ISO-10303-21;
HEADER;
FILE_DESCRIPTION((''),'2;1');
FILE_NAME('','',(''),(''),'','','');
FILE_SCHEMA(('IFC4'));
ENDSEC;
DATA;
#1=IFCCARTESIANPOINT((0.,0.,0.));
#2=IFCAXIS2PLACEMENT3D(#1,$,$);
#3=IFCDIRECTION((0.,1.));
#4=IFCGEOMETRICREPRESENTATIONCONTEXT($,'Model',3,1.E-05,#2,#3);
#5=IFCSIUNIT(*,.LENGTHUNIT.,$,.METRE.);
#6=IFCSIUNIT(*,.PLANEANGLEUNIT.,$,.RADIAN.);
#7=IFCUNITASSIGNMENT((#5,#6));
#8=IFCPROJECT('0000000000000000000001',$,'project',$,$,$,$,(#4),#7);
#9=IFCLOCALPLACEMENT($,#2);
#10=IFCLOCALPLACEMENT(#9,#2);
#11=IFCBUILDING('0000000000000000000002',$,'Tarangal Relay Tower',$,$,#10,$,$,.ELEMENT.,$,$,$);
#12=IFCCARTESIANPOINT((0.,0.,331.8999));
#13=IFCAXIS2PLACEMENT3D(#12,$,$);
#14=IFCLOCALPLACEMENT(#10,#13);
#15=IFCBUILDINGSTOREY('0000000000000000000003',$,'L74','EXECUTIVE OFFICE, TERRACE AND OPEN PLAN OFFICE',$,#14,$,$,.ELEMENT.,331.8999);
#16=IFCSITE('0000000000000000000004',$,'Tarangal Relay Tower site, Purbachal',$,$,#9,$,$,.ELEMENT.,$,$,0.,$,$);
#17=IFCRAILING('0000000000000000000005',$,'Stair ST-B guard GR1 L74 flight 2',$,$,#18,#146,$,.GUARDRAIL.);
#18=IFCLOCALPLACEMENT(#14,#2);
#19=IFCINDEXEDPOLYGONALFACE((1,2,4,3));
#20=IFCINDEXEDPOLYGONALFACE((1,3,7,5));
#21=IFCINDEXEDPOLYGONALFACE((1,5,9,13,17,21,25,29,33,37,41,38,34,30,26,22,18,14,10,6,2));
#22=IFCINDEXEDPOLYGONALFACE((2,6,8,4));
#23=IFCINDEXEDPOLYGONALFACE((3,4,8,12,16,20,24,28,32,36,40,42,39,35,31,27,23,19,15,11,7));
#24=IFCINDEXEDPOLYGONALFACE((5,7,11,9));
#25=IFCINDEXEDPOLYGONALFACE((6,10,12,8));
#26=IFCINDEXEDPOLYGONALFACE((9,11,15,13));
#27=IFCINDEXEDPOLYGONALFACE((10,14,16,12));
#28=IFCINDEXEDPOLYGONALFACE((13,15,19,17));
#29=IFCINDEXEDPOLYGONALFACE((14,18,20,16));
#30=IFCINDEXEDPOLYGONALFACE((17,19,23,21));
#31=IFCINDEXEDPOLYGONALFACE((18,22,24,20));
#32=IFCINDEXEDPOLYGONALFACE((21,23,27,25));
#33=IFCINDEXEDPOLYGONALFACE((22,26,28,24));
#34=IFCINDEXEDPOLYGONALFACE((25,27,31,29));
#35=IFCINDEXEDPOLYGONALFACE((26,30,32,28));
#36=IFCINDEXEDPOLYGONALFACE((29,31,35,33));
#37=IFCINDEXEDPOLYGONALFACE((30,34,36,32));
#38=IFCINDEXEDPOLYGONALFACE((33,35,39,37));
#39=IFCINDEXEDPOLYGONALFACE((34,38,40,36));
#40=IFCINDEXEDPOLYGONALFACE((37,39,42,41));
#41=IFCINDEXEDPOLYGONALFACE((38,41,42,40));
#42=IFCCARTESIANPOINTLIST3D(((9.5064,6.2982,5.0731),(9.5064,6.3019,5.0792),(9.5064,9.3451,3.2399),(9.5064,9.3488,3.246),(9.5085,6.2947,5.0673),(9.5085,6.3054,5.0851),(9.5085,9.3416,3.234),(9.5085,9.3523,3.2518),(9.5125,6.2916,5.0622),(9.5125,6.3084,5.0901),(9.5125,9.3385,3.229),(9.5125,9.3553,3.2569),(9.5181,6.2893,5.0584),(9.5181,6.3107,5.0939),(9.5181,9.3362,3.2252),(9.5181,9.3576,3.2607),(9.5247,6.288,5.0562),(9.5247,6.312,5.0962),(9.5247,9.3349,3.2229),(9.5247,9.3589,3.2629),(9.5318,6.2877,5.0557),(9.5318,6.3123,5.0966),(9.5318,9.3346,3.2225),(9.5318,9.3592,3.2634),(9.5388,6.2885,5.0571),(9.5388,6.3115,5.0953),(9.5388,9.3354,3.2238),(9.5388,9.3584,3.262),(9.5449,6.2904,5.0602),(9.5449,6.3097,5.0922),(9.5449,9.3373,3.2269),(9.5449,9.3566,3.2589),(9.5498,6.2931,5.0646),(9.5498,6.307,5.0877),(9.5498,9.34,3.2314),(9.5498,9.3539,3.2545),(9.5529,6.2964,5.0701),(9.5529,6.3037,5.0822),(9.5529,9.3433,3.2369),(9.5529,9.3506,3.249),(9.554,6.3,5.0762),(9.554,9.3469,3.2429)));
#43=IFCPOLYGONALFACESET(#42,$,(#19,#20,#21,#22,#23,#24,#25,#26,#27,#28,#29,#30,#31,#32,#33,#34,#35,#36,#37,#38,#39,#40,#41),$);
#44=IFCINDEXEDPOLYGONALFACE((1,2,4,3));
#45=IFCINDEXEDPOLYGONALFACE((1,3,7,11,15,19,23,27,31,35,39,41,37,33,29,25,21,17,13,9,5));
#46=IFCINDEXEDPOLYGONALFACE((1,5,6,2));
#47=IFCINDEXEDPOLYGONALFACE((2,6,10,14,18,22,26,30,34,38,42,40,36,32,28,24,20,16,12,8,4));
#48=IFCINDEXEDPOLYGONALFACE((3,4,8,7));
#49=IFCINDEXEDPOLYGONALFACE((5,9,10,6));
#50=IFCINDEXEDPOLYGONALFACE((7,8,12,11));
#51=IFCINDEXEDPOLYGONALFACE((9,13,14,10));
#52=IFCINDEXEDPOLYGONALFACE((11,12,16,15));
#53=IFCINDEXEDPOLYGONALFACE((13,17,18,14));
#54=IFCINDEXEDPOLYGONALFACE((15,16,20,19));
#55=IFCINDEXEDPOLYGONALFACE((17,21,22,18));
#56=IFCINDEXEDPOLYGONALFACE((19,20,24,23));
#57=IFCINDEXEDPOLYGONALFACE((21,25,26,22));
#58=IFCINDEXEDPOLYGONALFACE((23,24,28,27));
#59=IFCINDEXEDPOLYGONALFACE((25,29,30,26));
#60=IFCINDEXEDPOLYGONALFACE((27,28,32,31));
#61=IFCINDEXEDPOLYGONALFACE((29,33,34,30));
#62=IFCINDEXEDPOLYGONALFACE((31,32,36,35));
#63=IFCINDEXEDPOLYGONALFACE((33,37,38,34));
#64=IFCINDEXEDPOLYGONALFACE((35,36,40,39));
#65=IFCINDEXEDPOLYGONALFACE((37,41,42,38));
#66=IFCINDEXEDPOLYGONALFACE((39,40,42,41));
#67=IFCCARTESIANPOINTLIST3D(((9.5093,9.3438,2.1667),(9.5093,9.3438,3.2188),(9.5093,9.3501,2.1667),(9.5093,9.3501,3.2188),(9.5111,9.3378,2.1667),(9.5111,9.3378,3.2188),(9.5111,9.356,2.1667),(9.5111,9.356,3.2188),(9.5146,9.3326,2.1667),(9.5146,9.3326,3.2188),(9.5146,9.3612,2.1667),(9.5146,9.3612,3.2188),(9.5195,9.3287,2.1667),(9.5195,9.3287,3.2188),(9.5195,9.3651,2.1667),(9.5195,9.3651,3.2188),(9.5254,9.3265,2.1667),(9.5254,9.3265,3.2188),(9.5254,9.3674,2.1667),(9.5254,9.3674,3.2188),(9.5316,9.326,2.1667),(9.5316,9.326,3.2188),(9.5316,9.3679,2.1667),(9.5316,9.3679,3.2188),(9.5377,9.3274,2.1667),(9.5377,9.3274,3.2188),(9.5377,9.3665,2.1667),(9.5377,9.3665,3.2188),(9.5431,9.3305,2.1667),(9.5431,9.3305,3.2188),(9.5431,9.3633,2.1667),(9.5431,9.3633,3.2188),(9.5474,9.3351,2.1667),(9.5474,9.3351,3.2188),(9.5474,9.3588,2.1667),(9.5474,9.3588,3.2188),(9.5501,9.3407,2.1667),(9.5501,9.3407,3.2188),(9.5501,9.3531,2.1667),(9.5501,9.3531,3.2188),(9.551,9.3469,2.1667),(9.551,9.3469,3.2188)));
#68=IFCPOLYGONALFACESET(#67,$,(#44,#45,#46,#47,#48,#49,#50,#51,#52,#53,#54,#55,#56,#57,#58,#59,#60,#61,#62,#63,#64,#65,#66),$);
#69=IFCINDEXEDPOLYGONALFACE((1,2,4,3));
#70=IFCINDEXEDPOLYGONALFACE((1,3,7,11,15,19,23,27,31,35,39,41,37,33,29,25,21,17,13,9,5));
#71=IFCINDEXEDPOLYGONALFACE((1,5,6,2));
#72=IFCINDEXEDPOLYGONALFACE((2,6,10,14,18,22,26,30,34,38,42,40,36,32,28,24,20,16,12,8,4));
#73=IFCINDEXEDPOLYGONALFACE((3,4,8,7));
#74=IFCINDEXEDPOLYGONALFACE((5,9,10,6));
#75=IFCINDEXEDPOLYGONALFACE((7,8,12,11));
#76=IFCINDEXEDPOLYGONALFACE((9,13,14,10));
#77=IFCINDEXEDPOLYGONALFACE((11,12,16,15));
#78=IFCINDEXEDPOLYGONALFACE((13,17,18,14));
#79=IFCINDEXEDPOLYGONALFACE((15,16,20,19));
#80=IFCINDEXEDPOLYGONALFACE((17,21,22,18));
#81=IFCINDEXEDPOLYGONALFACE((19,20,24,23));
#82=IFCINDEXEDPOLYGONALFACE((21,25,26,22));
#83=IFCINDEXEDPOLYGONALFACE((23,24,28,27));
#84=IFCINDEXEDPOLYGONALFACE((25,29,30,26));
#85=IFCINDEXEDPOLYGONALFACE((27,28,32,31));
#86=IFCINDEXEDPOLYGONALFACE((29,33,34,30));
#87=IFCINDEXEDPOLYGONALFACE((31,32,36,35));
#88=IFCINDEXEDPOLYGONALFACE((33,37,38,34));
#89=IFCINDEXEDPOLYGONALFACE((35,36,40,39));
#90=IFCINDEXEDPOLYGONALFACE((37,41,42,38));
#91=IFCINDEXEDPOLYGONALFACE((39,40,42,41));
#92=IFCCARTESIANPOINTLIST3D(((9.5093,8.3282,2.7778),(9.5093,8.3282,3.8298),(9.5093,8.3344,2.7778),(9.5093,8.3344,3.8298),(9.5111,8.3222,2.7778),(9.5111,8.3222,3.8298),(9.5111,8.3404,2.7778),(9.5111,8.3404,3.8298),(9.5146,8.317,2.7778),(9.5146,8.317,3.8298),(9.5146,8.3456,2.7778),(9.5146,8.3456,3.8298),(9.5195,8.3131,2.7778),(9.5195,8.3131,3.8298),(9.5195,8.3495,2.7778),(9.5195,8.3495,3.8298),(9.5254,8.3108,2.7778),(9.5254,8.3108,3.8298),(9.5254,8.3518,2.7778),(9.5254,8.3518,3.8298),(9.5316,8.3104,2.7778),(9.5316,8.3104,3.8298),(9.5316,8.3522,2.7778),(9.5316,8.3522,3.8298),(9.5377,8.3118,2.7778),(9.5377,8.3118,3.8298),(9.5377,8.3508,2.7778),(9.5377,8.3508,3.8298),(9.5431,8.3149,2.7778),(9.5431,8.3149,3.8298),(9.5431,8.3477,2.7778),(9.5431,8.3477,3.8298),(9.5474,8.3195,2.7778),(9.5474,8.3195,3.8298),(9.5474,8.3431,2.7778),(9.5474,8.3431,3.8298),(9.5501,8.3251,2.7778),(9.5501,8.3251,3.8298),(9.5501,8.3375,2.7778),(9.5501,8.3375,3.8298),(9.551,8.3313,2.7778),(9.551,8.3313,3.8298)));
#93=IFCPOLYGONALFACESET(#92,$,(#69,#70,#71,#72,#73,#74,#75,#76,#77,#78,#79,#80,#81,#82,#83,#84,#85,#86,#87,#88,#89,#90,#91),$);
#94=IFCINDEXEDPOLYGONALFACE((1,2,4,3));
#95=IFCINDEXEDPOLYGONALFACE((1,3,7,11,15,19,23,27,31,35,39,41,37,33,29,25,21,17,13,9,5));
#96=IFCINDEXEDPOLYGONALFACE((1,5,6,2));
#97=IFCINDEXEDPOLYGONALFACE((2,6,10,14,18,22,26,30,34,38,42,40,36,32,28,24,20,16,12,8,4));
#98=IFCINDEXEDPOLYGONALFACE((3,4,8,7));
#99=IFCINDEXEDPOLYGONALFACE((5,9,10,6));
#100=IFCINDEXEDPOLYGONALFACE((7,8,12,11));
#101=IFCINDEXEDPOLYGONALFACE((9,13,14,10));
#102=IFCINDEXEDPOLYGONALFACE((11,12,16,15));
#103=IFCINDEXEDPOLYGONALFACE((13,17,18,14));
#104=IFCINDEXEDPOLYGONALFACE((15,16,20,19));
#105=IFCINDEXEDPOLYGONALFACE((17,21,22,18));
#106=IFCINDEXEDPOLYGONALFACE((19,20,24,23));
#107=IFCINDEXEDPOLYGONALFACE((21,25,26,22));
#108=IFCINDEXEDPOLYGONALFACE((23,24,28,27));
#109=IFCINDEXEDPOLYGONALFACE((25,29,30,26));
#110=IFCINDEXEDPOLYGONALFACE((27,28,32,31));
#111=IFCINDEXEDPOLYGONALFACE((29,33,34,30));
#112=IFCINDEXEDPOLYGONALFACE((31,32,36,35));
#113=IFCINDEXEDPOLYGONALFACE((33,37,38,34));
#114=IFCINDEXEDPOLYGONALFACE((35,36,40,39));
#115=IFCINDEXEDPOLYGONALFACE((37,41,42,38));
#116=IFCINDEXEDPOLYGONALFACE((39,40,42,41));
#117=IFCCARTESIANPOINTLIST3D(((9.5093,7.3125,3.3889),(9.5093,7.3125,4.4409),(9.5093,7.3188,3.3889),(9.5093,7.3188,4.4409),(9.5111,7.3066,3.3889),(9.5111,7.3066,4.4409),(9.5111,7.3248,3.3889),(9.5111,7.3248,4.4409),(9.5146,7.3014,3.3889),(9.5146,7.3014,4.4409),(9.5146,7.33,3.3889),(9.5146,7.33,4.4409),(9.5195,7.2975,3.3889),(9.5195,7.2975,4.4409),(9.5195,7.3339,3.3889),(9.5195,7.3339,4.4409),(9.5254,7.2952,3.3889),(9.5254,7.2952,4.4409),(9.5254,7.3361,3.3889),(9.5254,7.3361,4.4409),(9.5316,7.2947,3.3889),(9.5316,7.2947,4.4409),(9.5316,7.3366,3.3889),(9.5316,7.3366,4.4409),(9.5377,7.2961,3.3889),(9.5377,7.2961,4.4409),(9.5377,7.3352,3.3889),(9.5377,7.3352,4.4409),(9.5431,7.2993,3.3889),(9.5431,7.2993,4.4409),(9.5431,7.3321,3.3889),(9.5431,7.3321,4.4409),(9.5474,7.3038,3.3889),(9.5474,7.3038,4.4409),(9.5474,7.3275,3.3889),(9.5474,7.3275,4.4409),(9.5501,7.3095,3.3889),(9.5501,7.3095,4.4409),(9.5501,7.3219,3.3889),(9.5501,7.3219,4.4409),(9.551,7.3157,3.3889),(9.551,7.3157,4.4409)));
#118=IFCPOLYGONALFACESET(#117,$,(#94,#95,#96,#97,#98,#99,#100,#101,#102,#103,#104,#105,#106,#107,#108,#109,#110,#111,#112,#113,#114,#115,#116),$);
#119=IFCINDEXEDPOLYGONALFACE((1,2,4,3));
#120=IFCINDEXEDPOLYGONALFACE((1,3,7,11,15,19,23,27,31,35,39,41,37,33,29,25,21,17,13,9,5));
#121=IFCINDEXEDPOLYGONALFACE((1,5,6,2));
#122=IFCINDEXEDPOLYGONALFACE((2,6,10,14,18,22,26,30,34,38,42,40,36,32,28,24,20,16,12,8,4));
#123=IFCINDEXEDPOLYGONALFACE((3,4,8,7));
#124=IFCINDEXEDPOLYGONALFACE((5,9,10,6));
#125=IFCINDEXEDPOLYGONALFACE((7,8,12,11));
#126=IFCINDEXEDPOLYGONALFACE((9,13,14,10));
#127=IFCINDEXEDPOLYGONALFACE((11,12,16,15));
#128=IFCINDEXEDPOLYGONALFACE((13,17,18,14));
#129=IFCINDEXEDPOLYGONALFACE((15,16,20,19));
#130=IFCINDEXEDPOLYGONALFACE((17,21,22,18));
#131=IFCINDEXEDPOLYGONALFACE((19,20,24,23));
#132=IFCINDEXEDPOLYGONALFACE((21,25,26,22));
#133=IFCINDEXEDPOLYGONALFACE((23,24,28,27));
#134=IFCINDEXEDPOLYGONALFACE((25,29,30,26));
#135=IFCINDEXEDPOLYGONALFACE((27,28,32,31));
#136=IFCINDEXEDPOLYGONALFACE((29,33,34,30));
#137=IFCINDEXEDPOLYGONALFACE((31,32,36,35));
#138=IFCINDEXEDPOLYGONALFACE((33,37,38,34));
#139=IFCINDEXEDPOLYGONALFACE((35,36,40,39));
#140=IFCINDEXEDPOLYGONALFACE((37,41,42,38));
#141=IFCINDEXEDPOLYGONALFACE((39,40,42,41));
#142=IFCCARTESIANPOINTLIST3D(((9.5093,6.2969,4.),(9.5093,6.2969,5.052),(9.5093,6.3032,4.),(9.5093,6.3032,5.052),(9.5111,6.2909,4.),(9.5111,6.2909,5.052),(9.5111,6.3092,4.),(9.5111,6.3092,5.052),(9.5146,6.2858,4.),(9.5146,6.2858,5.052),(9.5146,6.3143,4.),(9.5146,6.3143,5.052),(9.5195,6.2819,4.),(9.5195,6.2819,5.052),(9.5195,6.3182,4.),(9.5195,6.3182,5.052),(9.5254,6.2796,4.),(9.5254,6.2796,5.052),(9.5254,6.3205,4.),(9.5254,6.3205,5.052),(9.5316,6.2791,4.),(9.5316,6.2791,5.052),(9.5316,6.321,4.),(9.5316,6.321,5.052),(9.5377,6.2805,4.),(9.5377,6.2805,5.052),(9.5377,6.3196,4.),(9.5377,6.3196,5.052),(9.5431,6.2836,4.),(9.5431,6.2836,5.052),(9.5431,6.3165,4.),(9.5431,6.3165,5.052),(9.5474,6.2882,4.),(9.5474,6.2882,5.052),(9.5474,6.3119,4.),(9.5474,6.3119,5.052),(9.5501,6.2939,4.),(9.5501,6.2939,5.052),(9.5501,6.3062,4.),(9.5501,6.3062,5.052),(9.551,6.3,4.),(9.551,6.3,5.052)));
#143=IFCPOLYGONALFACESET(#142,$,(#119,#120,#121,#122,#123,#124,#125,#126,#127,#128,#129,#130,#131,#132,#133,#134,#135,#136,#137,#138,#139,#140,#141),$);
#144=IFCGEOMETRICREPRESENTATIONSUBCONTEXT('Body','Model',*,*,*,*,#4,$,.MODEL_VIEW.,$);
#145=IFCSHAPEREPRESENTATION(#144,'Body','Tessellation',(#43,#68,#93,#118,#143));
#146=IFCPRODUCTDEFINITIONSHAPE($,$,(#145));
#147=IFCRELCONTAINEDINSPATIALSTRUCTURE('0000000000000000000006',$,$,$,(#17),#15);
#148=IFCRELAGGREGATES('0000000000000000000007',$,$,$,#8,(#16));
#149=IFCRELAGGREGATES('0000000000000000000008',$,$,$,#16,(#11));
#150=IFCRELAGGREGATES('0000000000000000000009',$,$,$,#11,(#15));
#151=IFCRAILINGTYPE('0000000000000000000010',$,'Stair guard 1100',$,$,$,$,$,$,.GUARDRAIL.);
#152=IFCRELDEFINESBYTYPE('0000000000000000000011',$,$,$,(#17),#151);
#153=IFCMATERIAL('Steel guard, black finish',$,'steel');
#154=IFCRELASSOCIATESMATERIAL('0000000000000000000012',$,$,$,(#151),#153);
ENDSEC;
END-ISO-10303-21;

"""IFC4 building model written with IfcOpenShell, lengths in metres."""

from ifc_helpers import new_model, si_unit, direction, frame, origin, origin_2d, place, context, subcontext, project, spatial, circle, extrude, material, type_object, element, save


model = new_model("IFC4")

# Units and contexts
model_context = context("Model", 3, precision=1e-05, world=origin(), true_north=direction((0.0, 1.0)))
body_context = subcontext(model_context, "Body", "Model", "MODEL_VIEW")
ifc_project = project(units=[si_unit("LENGTHUNIT", "METRE"), si_unit("PLANEANGLEUNIT", "RADIAN")], contexts=[model_context])

# Site, building, storey
site_placement = place(None, origin())
site = spatial("IfcSite", under=ifc_project, at=site_placement, Name="Tarangal Relay Tower site, Purbachal", CompositionType="ELEMENT", RefElevation=0.0)
building_placement = place(site_placement, origin())
building = spatial("IfcBuilding", under=site, at=building_placement, Name="Tarangal Relay Tower", CompositionType="ELEMENT")
storey_placement = place(building_placement, frame((0.0, 0.0, 331.8999)))
storey = spatial("IfcBuildingStorey", under=building, at=storey_placement, Name="L74", Description="EXECUTIVE OFFICE, TERRACE AND OPEN PLAN OFFICE", CompositionType="ELEMENT", Elevation=331.8999)

# Railing
ifc_material_1 = material(Name="Steel guard, black finish", Category="steel")
railing_type_1 = type_object("IfcRailingType", Name="Stair guard 1100", PredefinedType="GUARDRAIL", material=ifc_material_1)
railing_1_placement = place(storey_placement, frame((9.53, 9.3469, 2.1667)))
element("IfcRailing", 1, at=railing_1_placement, inside=storey, type_object=railing_type_1, Name="Stair ST-B guard GR1 L74 flight 2", PredefinedType="GUARDRAIL", context=body_context, shape_type="SweptSolid", body=[
    extrude(circle(Radius=0.0239, at=origin_2d()), frame((0.0, 0.0, 1.0762), z_axis=(0.0, -0.856856, 0.515556), x_axis=(1.0, 0.0, 0.0)), (0.0, 0.0, 1.0), 3.5559),
    extrude(circle(Radius=0.021, at=origin_2d()), origin(), (0.0, 0.0, 1.0), 1.052),
    extrude(circle(Radius=0.021, at=origin_2d()), frame((0.0, -1.0156, 0.6111)), (0.0, 0.0, 1.0), 1.052),
    extrude(circle(Radius=0.021, at=origin_2d()), frame((0.0, -2.0312, 1.2222)), (0.0, 0.0, 1.0), 1.052),
    extrude(circle(Radius=0.021, at=origin_2d()), frame((0.0, -3.0469, 1.8333)), (0.0, 0.0, 1.0), 1.052),
])

save(model, "model.ifc")
